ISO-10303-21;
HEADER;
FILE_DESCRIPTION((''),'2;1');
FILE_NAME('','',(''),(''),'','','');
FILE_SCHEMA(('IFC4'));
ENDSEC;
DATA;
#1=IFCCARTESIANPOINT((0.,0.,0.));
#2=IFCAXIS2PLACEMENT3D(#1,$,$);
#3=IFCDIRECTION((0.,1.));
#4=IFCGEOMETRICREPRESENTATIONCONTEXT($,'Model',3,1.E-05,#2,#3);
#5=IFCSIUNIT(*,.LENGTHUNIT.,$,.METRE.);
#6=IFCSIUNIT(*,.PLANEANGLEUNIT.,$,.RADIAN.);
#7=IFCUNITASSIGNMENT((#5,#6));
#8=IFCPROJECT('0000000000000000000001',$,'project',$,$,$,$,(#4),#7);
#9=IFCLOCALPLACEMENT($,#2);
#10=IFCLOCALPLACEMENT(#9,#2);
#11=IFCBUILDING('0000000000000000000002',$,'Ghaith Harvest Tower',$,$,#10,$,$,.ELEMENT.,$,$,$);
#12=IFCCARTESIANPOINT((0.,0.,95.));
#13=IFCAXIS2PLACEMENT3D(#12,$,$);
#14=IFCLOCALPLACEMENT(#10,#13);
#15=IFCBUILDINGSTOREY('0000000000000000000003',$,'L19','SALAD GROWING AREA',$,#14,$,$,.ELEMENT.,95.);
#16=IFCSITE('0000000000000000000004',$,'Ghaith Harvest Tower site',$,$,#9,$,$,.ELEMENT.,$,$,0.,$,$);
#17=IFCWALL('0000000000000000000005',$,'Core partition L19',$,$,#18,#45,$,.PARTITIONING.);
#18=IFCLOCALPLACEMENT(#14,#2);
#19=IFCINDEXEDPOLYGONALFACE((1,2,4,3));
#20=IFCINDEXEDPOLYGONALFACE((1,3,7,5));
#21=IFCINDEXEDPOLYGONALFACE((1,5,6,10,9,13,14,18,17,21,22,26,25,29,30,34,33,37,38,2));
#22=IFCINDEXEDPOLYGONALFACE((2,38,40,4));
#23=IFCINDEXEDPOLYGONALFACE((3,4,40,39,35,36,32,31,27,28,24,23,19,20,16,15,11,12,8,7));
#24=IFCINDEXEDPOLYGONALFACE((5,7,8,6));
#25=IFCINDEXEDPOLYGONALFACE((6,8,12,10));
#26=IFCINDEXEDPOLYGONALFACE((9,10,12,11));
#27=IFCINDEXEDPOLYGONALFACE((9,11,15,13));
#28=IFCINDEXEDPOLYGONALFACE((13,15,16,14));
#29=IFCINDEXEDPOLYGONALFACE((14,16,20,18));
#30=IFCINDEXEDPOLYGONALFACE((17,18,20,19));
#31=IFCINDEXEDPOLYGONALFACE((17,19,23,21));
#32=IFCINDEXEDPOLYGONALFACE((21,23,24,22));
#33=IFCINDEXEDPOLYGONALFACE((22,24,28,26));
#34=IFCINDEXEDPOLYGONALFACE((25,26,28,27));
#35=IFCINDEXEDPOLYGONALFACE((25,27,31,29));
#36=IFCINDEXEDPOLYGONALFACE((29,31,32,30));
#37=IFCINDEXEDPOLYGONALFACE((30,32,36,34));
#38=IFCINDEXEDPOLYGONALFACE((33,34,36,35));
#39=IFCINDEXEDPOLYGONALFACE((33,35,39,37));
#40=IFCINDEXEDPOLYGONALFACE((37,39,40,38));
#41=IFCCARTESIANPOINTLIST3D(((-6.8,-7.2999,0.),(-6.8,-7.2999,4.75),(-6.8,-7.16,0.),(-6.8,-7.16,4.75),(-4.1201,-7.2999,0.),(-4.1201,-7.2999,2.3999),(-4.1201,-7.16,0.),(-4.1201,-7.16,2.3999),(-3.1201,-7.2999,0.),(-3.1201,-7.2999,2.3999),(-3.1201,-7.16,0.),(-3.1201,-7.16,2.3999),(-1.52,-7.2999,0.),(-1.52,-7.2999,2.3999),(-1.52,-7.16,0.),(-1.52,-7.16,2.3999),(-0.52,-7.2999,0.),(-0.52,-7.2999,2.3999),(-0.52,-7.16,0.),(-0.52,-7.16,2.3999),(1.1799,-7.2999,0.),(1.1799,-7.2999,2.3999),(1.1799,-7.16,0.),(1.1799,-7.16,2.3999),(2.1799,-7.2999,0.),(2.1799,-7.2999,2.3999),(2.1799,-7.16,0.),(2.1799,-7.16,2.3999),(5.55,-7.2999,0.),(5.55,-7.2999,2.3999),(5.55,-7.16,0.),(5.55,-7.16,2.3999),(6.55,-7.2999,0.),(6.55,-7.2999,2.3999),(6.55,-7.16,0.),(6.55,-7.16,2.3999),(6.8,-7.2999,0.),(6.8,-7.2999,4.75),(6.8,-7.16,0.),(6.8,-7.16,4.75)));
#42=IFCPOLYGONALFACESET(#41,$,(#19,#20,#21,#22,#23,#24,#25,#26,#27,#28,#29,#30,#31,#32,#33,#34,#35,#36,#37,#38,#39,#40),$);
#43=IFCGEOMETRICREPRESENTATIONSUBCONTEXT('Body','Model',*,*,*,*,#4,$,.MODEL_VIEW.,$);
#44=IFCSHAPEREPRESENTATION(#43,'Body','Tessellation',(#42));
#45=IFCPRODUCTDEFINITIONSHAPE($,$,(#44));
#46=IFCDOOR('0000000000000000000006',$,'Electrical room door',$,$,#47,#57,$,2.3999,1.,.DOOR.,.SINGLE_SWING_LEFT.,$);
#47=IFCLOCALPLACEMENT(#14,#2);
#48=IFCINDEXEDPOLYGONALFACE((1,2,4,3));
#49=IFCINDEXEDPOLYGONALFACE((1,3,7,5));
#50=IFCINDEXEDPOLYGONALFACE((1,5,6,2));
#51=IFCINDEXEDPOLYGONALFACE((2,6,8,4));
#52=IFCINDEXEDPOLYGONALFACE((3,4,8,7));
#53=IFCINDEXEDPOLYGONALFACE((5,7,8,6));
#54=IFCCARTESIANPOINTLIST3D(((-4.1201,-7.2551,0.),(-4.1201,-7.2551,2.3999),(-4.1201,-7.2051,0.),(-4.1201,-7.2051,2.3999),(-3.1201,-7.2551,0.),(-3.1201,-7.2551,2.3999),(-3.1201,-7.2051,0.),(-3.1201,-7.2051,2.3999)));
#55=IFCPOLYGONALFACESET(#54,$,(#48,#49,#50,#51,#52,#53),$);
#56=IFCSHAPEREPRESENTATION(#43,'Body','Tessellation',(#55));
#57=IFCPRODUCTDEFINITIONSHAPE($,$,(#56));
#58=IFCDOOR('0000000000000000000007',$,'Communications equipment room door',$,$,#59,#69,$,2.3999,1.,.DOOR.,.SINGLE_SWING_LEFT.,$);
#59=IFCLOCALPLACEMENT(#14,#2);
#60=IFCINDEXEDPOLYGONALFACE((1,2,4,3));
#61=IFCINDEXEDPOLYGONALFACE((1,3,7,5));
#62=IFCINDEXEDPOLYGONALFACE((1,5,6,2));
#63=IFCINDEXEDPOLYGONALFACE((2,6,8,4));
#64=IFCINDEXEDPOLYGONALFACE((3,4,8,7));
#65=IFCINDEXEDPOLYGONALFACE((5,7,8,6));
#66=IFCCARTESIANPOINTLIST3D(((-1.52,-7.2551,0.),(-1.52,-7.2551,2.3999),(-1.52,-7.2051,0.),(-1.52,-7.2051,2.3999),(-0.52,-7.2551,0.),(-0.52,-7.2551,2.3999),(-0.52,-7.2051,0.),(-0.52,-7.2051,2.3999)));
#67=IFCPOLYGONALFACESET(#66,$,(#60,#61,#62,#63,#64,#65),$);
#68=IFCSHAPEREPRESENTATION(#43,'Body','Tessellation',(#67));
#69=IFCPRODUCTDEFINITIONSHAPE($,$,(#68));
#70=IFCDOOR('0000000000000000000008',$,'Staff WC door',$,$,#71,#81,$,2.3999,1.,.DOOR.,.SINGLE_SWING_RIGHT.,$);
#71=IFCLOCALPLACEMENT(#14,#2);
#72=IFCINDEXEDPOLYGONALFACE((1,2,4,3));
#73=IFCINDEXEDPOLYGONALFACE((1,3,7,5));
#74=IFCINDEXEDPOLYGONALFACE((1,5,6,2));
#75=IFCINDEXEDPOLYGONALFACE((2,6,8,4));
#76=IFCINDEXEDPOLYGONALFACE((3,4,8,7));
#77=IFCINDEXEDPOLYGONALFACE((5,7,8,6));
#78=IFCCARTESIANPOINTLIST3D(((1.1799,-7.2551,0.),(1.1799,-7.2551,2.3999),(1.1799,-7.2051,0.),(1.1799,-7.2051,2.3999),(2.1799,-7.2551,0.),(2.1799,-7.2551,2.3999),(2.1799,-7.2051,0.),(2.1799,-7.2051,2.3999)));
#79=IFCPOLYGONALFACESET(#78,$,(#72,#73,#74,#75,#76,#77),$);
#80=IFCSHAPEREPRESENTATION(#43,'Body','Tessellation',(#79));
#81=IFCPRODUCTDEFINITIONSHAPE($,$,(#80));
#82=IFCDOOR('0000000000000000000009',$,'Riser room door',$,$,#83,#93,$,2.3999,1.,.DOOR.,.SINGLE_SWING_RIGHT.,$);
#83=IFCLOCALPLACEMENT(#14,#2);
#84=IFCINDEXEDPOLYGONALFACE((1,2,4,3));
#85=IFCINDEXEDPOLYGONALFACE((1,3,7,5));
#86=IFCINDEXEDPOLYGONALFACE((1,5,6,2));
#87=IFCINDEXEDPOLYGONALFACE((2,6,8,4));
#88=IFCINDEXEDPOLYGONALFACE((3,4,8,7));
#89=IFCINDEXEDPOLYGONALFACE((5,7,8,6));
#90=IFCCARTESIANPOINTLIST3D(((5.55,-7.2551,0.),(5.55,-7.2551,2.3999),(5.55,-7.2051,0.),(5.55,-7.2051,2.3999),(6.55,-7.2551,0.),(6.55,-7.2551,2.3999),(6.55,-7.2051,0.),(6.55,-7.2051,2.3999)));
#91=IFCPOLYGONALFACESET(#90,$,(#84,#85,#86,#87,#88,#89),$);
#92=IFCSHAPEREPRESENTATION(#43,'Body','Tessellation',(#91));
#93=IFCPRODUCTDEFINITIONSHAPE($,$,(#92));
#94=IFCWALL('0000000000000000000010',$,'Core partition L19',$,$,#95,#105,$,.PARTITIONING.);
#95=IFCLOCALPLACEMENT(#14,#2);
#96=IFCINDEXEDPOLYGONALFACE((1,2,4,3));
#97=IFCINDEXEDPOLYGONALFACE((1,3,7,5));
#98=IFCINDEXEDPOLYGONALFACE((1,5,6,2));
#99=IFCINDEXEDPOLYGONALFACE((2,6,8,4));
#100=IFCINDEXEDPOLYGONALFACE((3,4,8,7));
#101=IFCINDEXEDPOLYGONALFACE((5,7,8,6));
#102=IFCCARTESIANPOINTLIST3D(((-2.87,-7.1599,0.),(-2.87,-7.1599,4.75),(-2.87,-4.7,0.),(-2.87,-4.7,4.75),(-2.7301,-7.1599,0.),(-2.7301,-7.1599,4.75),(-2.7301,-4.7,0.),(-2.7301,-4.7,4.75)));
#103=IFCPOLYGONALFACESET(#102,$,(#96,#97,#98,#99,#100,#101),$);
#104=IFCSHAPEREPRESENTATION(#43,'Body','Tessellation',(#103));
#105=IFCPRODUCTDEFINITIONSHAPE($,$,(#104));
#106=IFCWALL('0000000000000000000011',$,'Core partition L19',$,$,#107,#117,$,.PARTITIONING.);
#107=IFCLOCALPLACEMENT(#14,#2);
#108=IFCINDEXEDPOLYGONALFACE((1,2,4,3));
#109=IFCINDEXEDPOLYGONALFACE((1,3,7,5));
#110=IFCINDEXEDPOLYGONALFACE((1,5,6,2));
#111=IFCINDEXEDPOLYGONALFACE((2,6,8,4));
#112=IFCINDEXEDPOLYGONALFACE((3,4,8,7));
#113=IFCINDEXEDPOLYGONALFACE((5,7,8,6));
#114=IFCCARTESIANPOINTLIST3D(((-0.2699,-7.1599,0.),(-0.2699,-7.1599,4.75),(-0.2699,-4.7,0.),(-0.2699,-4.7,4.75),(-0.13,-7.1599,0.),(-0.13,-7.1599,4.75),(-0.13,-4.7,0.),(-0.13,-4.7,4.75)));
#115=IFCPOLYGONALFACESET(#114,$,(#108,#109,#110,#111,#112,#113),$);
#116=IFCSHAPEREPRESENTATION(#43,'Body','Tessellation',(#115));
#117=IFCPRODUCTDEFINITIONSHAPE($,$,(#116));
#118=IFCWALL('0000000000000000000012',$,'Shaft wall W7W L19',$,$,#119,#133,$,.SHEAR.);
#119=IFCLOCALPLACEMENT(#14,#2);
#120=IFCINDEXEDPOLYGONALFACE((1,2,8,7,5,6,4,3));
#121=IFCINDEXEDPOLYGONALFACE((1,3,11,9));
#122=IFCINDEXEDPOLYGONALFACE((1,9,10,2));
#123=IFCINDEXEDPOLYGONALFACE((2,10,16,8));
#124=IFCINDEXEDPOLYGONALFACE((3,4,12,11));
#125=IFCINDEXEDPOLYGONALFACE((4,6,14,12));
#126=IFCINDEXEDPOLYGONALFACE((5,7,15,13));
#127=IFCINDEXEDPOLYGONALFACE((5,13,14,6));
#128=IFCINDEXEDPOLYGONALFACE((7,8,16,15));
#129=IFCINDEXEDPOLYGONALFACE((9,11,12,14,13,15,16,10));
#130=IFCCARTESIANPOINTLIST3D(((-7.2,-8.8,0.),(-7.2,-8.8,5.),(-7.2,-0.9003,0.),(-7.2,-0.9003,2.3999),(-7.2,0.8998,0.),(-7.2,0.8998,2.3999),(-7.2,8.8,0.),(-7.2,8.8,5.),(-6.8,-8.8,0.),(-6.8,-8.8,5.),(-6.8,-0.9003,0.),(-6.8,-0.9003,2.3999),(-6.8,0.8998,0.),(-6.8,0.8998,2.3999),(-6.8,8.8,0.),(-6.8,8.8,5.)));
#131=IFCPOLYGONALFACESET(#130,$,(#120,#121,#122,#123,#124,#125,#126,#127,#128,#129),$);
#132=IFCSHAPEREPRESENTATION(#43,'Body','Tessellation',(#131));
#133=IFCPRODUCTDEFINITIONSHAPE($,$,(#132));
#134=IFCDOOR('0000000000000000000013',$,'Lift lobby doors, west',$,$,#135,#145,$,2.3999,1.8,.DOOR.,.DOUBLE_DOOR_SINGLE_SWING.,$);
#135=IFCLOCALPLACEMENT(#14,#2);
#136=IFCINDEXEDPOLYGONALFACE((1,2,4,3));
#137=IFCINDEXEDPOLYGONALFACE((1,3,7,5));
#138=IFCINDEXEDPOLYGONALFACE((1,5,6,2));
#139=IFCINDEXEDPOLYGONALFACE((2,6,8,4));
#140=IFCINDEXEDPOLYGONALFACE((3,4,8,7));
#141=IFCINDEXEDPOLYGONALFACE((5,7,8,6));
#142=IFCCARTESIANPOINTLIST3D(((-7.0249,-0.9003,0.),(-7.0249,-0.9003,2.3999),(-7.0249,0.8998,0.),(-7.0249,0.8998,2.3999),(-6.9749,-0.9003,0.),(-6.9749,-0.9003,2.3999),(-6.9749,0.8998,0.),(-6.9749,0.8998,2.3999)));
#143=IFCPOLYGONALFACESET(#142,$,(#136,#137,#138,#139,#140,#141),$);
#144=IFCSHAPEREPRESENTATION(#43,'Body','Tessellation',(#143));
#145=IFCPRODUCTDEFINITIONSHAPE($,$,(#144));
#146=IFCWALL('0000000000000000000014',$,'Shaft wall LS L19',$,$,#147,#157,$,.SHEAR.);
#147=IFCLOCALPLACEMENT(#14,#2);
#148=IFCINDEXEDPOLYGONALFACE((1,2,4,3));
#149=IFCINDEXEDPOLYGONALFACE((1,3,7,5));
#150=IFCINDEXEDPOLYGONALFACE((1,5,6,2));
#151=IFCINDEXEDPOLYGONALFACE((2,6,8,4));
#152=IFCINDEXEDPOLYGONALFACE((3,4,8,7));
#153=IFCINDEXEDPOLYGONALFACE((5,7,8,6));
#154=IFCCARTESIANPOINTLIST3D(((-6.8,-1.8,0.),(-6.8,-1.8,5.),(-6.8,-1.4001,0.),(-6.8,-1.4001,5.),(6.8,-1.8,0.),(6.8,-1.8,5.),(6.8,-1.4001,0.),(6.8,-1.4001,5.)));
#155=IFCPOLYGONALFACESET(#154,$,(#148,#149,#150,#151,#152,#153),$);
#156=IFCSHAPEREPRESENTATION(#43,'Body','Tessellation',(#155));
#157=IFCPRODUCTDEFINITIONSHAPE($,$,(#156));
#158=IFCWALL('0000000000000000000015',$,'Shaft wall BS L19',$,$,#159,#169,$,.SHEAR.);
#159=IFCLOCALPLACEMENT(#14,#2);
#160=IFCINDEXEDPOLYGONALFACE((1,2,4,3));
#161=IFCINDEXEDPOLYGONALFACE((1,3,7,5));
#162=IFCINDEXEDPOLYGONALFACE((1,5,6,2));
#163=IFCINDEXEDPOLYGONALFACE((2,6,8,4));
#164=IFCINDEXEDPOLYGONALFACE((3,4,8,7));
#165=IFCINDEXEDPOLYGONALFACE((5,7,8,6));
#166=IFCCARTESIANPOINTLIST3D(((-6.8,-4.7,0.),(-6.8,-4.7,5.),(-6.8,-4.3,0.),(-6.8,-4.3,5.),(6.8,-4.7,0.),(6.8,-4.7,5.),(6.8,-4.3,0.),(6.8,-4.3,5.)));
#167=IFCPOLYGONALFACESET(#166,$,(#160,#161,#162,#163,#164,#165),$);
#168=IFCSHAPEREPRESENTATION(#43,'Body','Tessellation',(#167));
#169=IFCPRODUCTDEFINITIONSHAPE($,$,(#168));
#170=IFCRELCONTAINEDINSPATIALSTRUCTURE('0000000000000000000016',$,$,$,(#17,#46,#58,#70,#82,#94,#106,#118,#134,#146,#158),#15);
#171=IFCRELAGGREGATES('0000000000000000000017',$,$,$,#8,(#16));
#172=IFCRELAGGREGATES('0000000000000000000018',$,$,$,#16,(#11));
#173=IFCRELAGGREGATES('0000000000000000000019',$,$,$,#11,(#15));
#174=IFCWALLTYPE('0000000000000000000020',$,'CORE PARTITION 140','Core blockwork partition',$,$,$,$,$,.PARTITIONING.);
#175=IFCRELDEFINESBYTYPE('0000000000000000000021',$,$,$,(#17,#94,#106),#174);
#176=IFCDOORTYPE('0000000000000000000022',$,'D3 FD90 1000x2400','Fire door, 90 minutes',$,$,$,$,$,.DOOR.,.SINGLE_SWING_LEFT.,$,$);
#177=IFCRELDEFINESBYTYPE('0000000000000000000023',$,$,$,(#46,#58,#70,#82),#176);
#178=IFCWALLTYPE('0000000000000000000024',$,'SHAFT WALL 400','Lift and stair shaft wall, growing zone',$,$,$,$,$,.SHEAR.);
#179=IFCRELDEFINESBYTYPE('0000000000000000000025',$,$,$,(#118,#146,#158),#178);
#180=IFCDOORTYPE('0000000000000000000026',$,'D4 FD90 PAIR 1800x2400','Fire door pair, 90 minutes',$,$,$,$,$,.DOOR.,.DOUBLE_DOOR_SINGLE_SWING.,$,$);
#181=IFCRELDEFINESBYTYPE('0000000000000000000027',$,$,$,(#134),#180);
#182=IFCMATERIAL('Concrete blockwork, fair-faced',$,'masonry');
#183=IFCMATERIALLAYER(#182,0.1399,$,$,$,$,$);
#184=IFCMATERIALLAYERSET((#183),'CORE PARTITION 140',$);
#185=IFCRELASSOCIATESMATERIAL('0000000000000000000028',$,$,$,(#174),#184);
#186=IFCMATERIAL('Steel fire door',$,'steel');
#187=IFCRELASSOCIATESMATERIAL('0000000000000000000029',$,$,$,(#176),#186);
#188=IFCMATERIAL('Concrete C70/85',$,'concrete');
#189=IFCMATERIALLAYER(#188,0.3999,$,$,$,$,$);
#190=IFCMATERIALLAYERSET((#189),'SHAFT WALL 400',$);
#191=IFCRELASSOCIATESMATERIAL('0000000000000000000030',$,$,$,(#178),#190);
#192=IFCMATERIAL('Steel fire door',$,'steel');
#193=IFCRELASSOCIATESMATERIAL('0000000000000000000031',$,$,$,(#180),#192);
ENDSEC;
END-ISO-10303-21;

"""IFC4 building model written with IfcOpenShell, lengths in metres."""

from ifc_helpers import new_model, si_unit, direction, frame, frame_2d, origin, place, context, subcontext, project, spatial, rectangle, extrude, material, layer, layer_set, type_object, element, fill, save


model = new_model("IFC4")

# Units and contexts
model_context = context("Model", 3, precision=1e-05, world=origin(), true_north=direction((0.0, 1.0)))
body_context = subcontext(model_context, "Body", "Model", "MODEL_VIEW")
ifc_project = project(units=[si_unit("LENGTHUNIT", "METRE"), si_unit("PLANEANGLEUNIT", "RADIAN")], contexts=[model_context])

# Site, building, storey
site_placement = place(None, origin())
site = spatial("IfcSite", under=ifc_project, at=site_placement, Name="Ghaith Harvest Tower site", CompositionType="ELEMENT", RefElevation=0.0)
building_placement = place(site_placement, origin())
building = spatial("IfcBuilding", under=site, at=building_placement, Name="Ghaith Harvest Tower", CompositionType="ELEMENT")
storey_placement = place(building_placement, frame((0.0, 0.0, 95.0)))
storey = spatial("IfcBuildingStorey", under=building, at=storey_placement, Name="L19", Description="SALAD GROWING AREA", CompositionType="ELEMENT", Elevation=95.0)

# Wall, openings, doors
ifc_material_1 = material(Name="Concrete blockwork, fair-faced", Category="masonry")
ifc_layer_1 = layer(ifc_material_1, 0.1399)
ifc_layer_set_1 = layer_set([ifc_layer_1], Name="CORE PARTITION 140")
wall_type_1 = type_object("IfcWallType", Name="CORE PARTITION 140", Description="Core blockwork partition", PredefinedType="PARTITIONING", material=ifc_layer_set_1)
wall_1_placement = place(storey_placement, frame((-6.8, -7.23, 0.0), z_axis=(0.0, 0.0, 1.0), x_axis=(1.0, 0.0, 0.0)))
wall_1 = element("IfcWall", 1, at=wall_1_placement, inside=storey, type_object=wall_type_1, Name="Core partition L19", PredefinedType="PARTITIONING", context=body_context, shape_type="SweptSolid", body=[
    extrude(rectangle(XDim=13.6001, YDim=0.1399, at=frame_2d((6.8, 0.0))), origin(), (0.0, 0.0, 1.0), 4.75),
])
opening_1_placement = place(wall_1_placement, frame((2.6799, 0.0, 0.0)))
opening_1 = element("IfcOpeningElement", 2, at=opening_1_placement, cuts=wall_1, PredefinedType="OPENING", context=body_context, shape_type="SweptSolid", body=[
    extrude(rectangle(XDim=1.0, YDim=2.3999, at=frame_2d((0.5, 1.2))), frame((0.0, 0.0801, 0.0), z_axis=(0.0, -1.0, 0.0), x_axis=(1.0, 0.0, 0.0)), (0.0, 0.0, 1.0), 0.1599),
])
opening_2_placement = place(wall_1_placement, frame((5.28, 0.0, 0.0)))
opening_2 = element("IfcOpeningElement", 3, at=opening_2_placement, cuts=wall_1, PredefinedType="OPENING", context=body_context, shape_type="SweptSolid", body=[
    extrude(rectangle(XDim=1.0, YDim=2.3999, at=frame_2d((0.5, 1.2))), frame((0.0, 0.0801, 0.0), z_axis=(0.0, -1.0, 0.0), x_axis=(1.0, 0.0, 0.0)), (0.0, 0.0, 1.0), 0.1599),
])
opening_3_placement = place(wall_1_placement, frame((7.98, 0.0, 0.0)))
opening_3 = element("IfcOpeningElement", 4, at=opening_3_placement, cuts=wall_1, PredefinedType="OPENING", context=body_context, shape_type="SweptSolid", body=[
    extrude(rectangle(XDim=1.0, YDim=2.3999, at=frame_2d((0.5, 1.2))), frame((0.0, 0.0801, 0.0), z_axis=(0.0, -1.0, 0.0), x_axis=(1.0, 0.0, 0.0)), (0.0, 0.0, 1.0), 0.1599),
])
opening_4_placement = place(wall_1_placement, frame((12.3501, 0.0, 0.0)))
opening_4 = element("IfcOpeningElement", 5, at=opening_4_placement, cuts=wall_1, PredefinedType="OPENING", context=body_context, shape_type="SweptSolid", body=[
    extrude(rectangle(XDim=1.0, YDim=2.3999, at=frame_2d((0.5, 1.2))), frame((0.0, 0.0801, 0.0), z_axis=(0.0, -1.0, 0.0), x_axis=(1.0, 0.0, 0.0)), (0.0, 0.0, 1.0), 0.1599),
])
ifc_material_2 = material(Name="Steel fire door", Category="steel")
door_type_1 = type_object("IfcDoorType", Name="D3 FD90 1000x2400", Description="Fire door, 90 minutes", OperationType="SINGLE_SWING_LEFT", PredefinedType="DOOR", material=ifc_material_2)
door_1_placement = place(opening_1_placement, origin())
door_1 = element("IfcDoor", 6, at=door_1_placement, inside=storey, type_object=door_type_1, Name="Electrical room door", OperationType="SINGLE_SWING_LEFT", OverallHeight=2.3999, OverallWidth=1.0, PredefinedType="DOOR", context=body_context, shape_type="SweptSolid", body=[
    extrude(rectangle(XDim=1.0, YDim=2.3999, at=frame_2d((0.5, 1.2))), frame((0.0, 0.0249, 0.0), z_axis=(0.0, -1.0, 0.0), x_axis=(1.0, 0.0, 0.0)), (0.0, 0.0, 1.0), 0.05),
])
fill(opening_1, door_1)
door_2_placement = place(opening_2_placement, origin())
door_2 = element("IfcDoor", 7, at=door_2_placement, inside=storey, type_object=door_type_1, Name="Communications equipment room door", OperationType="SINGLE_SWING_LEFT", OverallHeight=2.3999, OverallWidth=1.0, PredefinedType="DOOR", context=body_context, shape_type="SweptSolid", body=[
    extrude(rectangle(XDim=1.0, YDim=2.3999, at=frame_2d((0.5, 1.2))), frame((0.0, 0.0249, 0.0), z_axis=(0.0, -1.0, 0.0), x_axis=(1.0, 0.0, 0.0)), (0.0, 0.0, 1.0), 0.05),
])
fill(opening_2, door_2)
door_3_placement = place(opening_3_placement, origin())
door_3 = element("IfcDoor", 8, at=door_3_placement, inside=storey, type_object=door_type_1, Name="Staff WC door", OperationType="SINGLE_SWING_RIGHT", OverallHeight=2.3999, OverallWidth=1.0, PredefinedType="DOOR", context=body_context, shape_type="SweptSolid", body=[
    extrude(rectangle(XDim=1.0, YDim=2.3999, at=frame_2d((0.5, 1.2))), frame((0.0, 0.0249, 0.0), z_axis=(0.0, -1.0, 0.0), x_axis=(1.0, 0.0, 0.0)), (0.0, 0.0, 1.0), 0.05),
])
fill(opening_3, door_3)
door_4_placement = place(opening_4_placement, origin())
door_4 = element("IfcDoor", 9, at=door_4_placement, inside=storey, type_object=door_type_1, Name="Riser room door", OperationType="SINGLE_SWING_RIGHT", OverallHeight=2.3999, OverallWidth=1.0, PredefinedType="DOOR", context=body_context, shape_type="SweptSolid", body=[
    extrude(rectangle(XDim=1.0, YDim=2.3999, at=frame_2d((0.5, 1.2))), frame((0.0, 0.0249, 0.0), z_axis=(0.0, -1.0, 0.0), x_axis=(1.0, 0.0, 0.0)), (0.0, 0.0, 1.0), 0.05),
])
fill(opening_4, door_4)

# Walls
for number, where, z_axis, x_axis, name in (
    (10, (-2.8, -4.7, 0.0), (0.0, 0.0, 1.0), (0.0, -1.0, 0.0), "Core partition L19"),
    (11, (-0.2, -4.7, 0.0), (0.0, 0.0, 1.0), (0.0, -1.0, 0.0), "Core partition L19"),
):
    element("IfcWall", number, at=place(storey_placement, frame(where, z_axis=z_axis, x_axis=x_axis)), inside=storey, type_object=wall_type_1, Name=name, PredefinedType="PARTITIONING", context=body_context, shape_type="SweptSolid", body=[
        extrude(rectangle(XDim=2.46, YDim=0.1399, at=frame_2d((1.23, 0.0))), origin(), (0.0, 0.0, 1.0), 4.75),
    ])

# Wall, opening, door
ifc_material_3 = material(Name="Concrete C70/85", Category="concrete")
ifc_layer_2 = layer(ifc_material_3, 0.3999)
ifc_layer_set_2 = layer_set([ifc_layer_2], Name="SHAFT WALL 400")
wall_type_2 = type_object("IfcWallType", Name="SHAFT WALL 400", Description="Lift and stair shaft wall, growing zone", PredefinedType="SHEAR", material=ifc_layer_set_2)
wall_2_placement = place(storey_placement, frame((-7.0, -8.8, 0.0), z_axis=(0.0, 0.0, 1.0), x_axis=(0.0, 1.0, 0.0)))
wall_2 = element("IfcWall", 12, at=wall_2_placement, inside=storey, type_object=wall_type_2, Name="Shaft wall W7W L19", PredefinedType="SHEAR", context=body_context, shape_type="SweptSolid", body=[
    extrude(rectangle(XDim=17.6001, YDim=0.3999, at=frame_2d((8.8, 0.0))), origin(), (0.0, 0.0, 1.0), 5.0),
])
opening_5_placement = place(wall_2_placement, frame((7.8999, 0.0, 0.0)))
opening_5 = element("IfcOpeningElement", 13, at=opening_5_placement, cuts=wall_2, PredefinedType="OPENING", context=body_context, shape_type="SweptSolid", body=[
    extrude(rectangle(XDim=1.8, YDim=2.3999, at=frame_2d((0.8999, 1.2))), frame((0.0, 0.21, 0.0), z_axis=(0.0, -1.0, 0.0), x_axis=(1.0, 0.0, 0.0)), (0.0, 0.0, 1.0), 0.4199),
])
ifc_material_4 = material(Name="Steel fire door", Category="steel")
door_type_2 = type_object("IfcDoorType", Name="D4 FD90 PAIR 1800x2400", Description="Fire door pair, 90 minutes", OperationType="DOUBLE_DOOR_SINGLE_SWING", PredefinedType="DOOR", material=ifc_material_4)
door_5_placement = place(opening_5_placement, origin())
door_5 = element("IfcDoor", 14, at=door_5_placement, inside=storey, type_object=door_type_2, Name="Lift lobby doors, west", OperationType="DOUBLE_DOOR_SINGLE_SWING", OverallHeight=2.3999, OverallWidth=1.8, PredefinedType="DOOR", context=body_context, shape_type="SweptSolid", body=[
    extrude(rectangle(XDim=1.8, YDim=2.3999, at=frame_2d((0.8999, 1.2))), frame((0.0, 0.0249, 0.0), z_axis=(0.0, -1.0, 0.0), x_axis=(1.0, 0.0, 0.0)), (0.0, 0.0, 1.0), 0.05),
])
fill(opening_5, door_5)

# Walls
for number, where, z_axis, x_axis, name in (
    (15, (-6.8, -1.6001, 0.0), (0.0, 0.0, 1.0), (1.0, 0.0, 0.0), "Shaft wall LS L19"),
    (16, (-6.8, -4.5, 0.0), (0.0, 0.0, 1.0), (1.0, 0.0, 0.0), "Shaft wall BS L19"),
):
    element("IfcWall", number, at=place(storey_placement, frame(where, z_axis=z_axis, x_axis=x_axis)), inside=storey, type_object=wall_type_2, Name=name, PredefinedType="SHEAR", context=body_context, shape_type="SweptSolid", body=[
        extrude(rectangle(XDim=13.6001, YDim=0.3999, at=frame_2d((6.8, 0.0))), origin(), (0.0, 0.0, 1.0), 5.0),
    ])

save(model, "model.ifc")
